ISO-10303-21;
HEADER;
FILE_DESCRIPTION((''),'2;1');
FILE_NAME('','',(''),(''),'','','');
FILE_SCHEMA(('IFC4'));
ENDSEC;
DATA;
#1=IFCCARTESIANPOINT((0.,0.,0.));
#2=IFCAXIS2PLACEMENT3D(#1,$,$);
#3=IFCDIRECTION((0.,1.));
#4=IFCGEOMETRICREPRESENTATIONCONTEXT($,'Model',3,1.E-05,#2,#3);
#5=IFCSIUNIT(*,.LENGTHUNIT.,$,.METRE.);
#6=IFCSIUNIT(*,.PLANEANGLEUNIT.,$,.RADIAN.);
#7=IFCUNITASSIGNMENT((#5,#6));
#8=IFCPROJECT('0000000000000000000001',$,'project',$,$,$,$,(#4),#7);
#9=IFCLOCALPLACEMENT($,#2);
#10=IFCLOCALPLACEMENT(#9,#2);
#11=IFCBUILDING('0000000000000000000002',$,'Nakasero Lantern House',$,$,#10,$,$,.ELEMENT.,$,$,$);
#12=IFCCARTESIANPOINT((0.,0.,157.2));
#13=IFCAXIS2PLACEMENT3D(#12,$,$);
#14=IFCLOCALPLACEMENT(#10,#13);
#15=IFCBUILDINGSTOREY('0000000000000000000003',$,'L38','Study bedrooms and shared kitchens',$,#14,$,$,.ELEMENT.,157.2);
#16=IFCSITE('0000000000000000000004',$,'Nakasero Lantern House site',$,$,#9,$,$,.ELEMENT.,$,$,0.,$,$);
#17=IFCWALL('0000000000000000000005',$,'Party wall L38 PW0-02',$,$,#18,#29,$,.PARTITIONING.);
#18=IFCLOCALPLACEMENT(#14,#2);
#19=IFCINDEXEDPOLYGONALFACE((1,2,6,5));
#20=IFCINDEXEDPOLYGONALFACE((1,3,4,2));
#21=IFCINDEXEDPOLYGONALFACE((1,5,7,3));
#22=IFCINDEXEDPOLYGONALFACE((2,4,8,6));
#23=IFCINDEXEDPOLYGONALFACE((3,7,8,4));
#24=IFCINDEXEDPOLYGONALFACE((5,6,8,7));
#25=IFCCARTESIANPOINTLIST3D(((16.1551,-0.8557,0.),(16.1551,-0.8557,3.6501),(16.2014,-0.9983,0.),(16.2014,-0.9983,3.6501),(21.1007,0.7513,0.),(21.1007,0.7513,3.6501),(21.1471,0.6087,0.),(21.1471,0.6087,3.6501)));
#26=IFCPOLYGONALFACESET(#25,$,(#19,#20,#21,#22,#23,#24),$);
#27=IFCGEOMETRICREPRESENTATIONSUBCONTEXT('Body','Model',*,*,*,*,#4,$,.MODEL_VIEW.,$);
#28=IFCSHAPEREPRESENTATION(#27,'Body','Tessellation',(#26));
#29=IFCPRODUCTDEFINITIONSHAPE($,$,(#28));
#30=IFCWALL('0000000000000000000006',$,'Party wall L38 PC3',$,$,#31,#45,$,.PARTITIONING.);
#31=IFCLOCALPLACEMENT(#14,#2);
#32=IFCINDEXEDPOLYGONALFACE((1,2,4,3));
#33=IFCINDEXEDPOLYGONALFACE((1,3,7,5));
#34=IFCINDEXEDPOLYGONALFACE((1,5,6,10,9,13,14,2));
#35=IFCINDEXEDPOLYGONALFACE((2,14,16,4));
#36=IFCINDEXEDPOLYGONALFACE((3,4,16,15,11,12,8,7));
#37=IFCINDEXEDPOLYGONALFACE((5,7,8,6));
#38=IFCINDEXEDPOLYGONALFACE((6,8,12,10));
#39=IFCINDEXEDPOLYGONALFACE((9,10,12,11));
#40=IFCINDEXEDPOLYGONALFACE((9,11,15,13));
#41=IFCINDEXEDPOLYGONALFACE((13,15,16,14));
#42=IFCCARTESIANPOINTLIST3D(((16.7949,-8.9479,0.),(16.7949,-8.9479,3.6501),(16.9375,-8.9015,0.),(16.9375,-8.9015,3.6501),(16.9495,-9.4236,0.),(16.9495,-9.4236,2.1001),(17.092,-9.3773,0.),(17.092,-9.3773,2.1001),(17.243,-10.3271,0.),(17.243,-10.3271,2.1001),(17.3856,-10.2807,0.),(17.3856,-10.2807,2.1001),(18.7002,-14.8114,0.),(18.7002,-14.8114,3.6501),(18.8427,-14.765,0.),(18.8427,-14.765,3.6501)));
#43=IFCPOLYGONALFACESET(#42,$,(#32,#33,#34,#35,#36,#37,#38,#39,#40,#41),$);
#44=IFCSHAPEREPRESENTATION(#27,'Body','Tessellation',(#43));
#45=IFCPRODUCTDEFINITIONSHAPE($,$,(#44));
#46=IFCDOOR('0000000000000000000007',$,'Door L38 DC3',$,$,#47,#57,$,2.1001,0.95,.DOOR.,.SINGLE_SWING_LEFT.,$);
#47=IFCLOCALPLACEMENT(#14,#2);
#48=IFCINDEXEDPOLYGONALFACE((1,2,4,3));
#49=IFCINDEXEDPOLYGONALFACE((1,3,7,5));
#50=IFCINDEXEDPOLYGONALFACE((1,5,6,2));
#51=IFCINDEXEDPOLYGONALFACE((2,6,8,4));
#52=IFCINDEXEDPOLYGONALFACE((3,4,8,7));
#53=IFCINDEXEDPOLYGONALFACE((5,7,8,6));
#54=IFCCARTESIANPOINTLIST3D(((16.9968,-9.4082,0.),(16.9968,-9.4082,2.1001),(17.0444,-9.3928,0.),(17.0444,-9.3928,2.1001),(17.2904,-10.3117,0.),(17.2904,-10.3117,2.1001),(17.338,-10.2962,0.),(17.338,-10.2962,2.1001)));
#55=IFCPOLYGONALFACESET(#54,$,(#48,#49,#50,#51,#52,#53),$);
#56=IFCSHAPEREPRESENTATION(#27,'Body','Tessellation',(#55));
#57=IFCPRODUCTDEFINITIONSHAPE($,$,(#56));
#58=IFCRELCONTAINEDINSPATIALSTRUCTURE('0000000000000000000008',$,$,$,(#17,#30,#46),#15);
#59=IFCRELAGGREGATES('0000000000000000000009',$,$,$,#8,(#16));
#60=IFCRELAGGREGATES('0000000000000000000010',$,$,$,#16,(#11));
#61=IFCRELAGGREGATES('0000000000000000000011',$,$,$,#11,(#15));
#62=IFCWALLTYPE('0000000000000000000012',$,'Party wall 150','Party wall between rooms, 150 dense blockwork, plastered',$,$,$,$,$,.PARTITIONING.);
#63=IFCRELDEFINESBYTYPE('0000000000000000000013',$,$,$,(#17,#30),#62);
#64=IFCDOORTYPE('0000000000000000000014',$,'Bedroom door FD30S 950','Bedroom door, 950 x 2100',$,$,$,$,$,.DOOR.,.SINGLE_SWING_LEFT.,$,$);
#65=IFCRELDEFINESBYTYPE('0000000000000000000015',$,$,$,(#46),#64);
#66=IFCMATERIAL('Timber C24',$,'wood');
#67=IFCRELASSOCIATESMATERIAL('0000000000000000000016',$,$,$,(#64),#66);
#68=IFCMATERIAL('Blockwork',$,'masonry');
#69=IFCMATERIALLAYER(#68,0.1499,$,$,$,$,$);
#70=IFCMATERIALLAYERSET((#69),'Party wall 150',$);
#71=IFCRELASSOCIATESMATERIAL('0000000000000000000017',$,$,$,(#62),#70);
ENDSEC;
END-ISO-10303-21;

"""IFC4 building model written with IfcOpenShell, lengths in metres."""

from ifc_helpers import new_model, si_unit, direction, frame, frame_2d, origin, place, context, subcontext, project, spatial, rectangle, extrude, material, layer, layer_set, type_object, element, fill, save


model = new_model("IFC4")

# Units and contexts
model_context = context("Model", 3, precision=1e-05, world=origin(), true_north=direction((0.0, 1.0)))
body_context = subcontext(model_context, "Body", "Model", "MODEL_VIEW")
ifc_project = project(units=[si_unit("LENGTHUNIT", "METRE"), si_unit("PLANEANGLEUNIT", "RADIAN")], contexts=[model_context])

# Site, building, storey
site_placement = place(None, origin())
site = spatial("IfcSite", under=ifc_project, at=site_placement, Name="Nakasero Lantern House site", CompositionType="ELEMENT", RefElevation=0.0)
building_placement = place(site_placement, origin())
building = spatial("IfcBuilding", under=site, at=building_placement, Name="Nakasero Lantern House", CompositionType="ELEMENT")
storey_placement = place(building_placement, frame((0.0, 0.0, 157.2)))
storey = spatial("IfcBuildingStorey", under=building, at=storey_placement, Name="L38", Description="Study bedrooms and shared kitchens", CompositionType="ELEMENT", Elevation=157.2)

# Shared definitions
ifc_material_1 = material(Name="Timber C24", Category="wood")
door_type_1 = type_object("IfcDoorType", Name="Bedroom door FD30S 950", Description="Bedroom door, 950 x 2100", OperationType="SINGLE_SWING_LEFT", PredefinedType="DOOR", material=ifc_material_1)

# Wall
ifc_material_2 = material(Name="Blockwork", Category="masonry")
ifc_layer_1 = layer(ifc_material_2, 0.1499)
ifc_layer_set_1 = layer_set([ifc_layer_1], Name="Party wall 150")
wall_type_1 = type_object("IfcWallType", Name="Party wall 150", Description="Party wall between rooms, 150 dense blockwork, plastered", PredefinedType="PARTITIONING", material=ifc_layer_set_1)
wall_1_placement = place(storey_placement, frame((16.1782, -0.927, 0.0), z_axis=(0.0, 0.0, 1.0), x_axis=(0.951055, 0.309021, 0.0)))
element("IfcWall", 1, at=wall_1_placement, inside=storey, type_object=wall_type_1, Name="Party wall L38 PW0-02", PredefinedType="PARTITIONING", context=body_context, shape_type="SweptSolid", body=[
    extrude(rectangle(XDim=5.2002, YDim=0.1499, at=frame_2d((2.6001, 0.0))), origin(), (0.0, 0.0, 1.0), 3.6501),
])

# Wall, opening, door
wall_2_placement = place(storey_placement, frame((16.8662, -8.9248, 0.0), z_axis=(0.0, 0.0, 1.0), x_axis=(0.309031, -0.951052, 0.0)))
wall_2 = element("IfcWall", 2, at=wall_2_placement, inside=storey, type_object=wall_type_1, Name="Party wall L38 PC3", PredefinedType="PARTITIONING", context=body_context, shape_type="SweptSolid", body=[
    extrude(rectangle(XDim=6.1653, YDim=0.1499, at=frame_2d((3.0825, 0.0))), origin(), (0.0, 0.0, 1.0), 3.6501),
])
opening_1_placement = place(wall_2_placement, frame((0.5, 0.0, 0.0)))
opening_1 = element("IfcOpeningElement", 3, at=opening_1_placement, cuts=wall_2, PredefinedType="OPENING", context=body_context, shape_type="SweptSolid", body=[
    extrude(rectangle(XDim=0.95, YDim=2.1001, at=frame_2d((0.4751, 1.05))), frame((0.0, 0.095, 0.0), z_axis=(0.0, -1.0, 0.0), x_axis=(1.0, 0.0, 0.0)), (0.0, 0.0, 1.0), 0.1899),
])
door_1_placement = place(opening_1_placement, origin())
door_1 = element("IfcDoor", 4, at=door_1_placement, inside=storey, type_object=door_type_1, Name="Door L38 DC3", OperationType="SINGLE_SWING_LEFT", OverallHeight=2.1001, OverallWidth=0.95, PredefinedType="DOOR", context=body_context, shape_type="SweptSolid", body=[
    extrude(rectangle(XDim=0.95, YDim=2.1001, at=frame_2d((0.4751, 1.05))), frame((0.0, 0.0249, 0.0), z_axis=(0.0, -1.0, 0.0), x_axis=(1.0, 0.0, 0.0)), (0.0, 0.0, 1.0), 0.05),
])
fill(opening_1, door_1)

save(model, "model.ifc")
